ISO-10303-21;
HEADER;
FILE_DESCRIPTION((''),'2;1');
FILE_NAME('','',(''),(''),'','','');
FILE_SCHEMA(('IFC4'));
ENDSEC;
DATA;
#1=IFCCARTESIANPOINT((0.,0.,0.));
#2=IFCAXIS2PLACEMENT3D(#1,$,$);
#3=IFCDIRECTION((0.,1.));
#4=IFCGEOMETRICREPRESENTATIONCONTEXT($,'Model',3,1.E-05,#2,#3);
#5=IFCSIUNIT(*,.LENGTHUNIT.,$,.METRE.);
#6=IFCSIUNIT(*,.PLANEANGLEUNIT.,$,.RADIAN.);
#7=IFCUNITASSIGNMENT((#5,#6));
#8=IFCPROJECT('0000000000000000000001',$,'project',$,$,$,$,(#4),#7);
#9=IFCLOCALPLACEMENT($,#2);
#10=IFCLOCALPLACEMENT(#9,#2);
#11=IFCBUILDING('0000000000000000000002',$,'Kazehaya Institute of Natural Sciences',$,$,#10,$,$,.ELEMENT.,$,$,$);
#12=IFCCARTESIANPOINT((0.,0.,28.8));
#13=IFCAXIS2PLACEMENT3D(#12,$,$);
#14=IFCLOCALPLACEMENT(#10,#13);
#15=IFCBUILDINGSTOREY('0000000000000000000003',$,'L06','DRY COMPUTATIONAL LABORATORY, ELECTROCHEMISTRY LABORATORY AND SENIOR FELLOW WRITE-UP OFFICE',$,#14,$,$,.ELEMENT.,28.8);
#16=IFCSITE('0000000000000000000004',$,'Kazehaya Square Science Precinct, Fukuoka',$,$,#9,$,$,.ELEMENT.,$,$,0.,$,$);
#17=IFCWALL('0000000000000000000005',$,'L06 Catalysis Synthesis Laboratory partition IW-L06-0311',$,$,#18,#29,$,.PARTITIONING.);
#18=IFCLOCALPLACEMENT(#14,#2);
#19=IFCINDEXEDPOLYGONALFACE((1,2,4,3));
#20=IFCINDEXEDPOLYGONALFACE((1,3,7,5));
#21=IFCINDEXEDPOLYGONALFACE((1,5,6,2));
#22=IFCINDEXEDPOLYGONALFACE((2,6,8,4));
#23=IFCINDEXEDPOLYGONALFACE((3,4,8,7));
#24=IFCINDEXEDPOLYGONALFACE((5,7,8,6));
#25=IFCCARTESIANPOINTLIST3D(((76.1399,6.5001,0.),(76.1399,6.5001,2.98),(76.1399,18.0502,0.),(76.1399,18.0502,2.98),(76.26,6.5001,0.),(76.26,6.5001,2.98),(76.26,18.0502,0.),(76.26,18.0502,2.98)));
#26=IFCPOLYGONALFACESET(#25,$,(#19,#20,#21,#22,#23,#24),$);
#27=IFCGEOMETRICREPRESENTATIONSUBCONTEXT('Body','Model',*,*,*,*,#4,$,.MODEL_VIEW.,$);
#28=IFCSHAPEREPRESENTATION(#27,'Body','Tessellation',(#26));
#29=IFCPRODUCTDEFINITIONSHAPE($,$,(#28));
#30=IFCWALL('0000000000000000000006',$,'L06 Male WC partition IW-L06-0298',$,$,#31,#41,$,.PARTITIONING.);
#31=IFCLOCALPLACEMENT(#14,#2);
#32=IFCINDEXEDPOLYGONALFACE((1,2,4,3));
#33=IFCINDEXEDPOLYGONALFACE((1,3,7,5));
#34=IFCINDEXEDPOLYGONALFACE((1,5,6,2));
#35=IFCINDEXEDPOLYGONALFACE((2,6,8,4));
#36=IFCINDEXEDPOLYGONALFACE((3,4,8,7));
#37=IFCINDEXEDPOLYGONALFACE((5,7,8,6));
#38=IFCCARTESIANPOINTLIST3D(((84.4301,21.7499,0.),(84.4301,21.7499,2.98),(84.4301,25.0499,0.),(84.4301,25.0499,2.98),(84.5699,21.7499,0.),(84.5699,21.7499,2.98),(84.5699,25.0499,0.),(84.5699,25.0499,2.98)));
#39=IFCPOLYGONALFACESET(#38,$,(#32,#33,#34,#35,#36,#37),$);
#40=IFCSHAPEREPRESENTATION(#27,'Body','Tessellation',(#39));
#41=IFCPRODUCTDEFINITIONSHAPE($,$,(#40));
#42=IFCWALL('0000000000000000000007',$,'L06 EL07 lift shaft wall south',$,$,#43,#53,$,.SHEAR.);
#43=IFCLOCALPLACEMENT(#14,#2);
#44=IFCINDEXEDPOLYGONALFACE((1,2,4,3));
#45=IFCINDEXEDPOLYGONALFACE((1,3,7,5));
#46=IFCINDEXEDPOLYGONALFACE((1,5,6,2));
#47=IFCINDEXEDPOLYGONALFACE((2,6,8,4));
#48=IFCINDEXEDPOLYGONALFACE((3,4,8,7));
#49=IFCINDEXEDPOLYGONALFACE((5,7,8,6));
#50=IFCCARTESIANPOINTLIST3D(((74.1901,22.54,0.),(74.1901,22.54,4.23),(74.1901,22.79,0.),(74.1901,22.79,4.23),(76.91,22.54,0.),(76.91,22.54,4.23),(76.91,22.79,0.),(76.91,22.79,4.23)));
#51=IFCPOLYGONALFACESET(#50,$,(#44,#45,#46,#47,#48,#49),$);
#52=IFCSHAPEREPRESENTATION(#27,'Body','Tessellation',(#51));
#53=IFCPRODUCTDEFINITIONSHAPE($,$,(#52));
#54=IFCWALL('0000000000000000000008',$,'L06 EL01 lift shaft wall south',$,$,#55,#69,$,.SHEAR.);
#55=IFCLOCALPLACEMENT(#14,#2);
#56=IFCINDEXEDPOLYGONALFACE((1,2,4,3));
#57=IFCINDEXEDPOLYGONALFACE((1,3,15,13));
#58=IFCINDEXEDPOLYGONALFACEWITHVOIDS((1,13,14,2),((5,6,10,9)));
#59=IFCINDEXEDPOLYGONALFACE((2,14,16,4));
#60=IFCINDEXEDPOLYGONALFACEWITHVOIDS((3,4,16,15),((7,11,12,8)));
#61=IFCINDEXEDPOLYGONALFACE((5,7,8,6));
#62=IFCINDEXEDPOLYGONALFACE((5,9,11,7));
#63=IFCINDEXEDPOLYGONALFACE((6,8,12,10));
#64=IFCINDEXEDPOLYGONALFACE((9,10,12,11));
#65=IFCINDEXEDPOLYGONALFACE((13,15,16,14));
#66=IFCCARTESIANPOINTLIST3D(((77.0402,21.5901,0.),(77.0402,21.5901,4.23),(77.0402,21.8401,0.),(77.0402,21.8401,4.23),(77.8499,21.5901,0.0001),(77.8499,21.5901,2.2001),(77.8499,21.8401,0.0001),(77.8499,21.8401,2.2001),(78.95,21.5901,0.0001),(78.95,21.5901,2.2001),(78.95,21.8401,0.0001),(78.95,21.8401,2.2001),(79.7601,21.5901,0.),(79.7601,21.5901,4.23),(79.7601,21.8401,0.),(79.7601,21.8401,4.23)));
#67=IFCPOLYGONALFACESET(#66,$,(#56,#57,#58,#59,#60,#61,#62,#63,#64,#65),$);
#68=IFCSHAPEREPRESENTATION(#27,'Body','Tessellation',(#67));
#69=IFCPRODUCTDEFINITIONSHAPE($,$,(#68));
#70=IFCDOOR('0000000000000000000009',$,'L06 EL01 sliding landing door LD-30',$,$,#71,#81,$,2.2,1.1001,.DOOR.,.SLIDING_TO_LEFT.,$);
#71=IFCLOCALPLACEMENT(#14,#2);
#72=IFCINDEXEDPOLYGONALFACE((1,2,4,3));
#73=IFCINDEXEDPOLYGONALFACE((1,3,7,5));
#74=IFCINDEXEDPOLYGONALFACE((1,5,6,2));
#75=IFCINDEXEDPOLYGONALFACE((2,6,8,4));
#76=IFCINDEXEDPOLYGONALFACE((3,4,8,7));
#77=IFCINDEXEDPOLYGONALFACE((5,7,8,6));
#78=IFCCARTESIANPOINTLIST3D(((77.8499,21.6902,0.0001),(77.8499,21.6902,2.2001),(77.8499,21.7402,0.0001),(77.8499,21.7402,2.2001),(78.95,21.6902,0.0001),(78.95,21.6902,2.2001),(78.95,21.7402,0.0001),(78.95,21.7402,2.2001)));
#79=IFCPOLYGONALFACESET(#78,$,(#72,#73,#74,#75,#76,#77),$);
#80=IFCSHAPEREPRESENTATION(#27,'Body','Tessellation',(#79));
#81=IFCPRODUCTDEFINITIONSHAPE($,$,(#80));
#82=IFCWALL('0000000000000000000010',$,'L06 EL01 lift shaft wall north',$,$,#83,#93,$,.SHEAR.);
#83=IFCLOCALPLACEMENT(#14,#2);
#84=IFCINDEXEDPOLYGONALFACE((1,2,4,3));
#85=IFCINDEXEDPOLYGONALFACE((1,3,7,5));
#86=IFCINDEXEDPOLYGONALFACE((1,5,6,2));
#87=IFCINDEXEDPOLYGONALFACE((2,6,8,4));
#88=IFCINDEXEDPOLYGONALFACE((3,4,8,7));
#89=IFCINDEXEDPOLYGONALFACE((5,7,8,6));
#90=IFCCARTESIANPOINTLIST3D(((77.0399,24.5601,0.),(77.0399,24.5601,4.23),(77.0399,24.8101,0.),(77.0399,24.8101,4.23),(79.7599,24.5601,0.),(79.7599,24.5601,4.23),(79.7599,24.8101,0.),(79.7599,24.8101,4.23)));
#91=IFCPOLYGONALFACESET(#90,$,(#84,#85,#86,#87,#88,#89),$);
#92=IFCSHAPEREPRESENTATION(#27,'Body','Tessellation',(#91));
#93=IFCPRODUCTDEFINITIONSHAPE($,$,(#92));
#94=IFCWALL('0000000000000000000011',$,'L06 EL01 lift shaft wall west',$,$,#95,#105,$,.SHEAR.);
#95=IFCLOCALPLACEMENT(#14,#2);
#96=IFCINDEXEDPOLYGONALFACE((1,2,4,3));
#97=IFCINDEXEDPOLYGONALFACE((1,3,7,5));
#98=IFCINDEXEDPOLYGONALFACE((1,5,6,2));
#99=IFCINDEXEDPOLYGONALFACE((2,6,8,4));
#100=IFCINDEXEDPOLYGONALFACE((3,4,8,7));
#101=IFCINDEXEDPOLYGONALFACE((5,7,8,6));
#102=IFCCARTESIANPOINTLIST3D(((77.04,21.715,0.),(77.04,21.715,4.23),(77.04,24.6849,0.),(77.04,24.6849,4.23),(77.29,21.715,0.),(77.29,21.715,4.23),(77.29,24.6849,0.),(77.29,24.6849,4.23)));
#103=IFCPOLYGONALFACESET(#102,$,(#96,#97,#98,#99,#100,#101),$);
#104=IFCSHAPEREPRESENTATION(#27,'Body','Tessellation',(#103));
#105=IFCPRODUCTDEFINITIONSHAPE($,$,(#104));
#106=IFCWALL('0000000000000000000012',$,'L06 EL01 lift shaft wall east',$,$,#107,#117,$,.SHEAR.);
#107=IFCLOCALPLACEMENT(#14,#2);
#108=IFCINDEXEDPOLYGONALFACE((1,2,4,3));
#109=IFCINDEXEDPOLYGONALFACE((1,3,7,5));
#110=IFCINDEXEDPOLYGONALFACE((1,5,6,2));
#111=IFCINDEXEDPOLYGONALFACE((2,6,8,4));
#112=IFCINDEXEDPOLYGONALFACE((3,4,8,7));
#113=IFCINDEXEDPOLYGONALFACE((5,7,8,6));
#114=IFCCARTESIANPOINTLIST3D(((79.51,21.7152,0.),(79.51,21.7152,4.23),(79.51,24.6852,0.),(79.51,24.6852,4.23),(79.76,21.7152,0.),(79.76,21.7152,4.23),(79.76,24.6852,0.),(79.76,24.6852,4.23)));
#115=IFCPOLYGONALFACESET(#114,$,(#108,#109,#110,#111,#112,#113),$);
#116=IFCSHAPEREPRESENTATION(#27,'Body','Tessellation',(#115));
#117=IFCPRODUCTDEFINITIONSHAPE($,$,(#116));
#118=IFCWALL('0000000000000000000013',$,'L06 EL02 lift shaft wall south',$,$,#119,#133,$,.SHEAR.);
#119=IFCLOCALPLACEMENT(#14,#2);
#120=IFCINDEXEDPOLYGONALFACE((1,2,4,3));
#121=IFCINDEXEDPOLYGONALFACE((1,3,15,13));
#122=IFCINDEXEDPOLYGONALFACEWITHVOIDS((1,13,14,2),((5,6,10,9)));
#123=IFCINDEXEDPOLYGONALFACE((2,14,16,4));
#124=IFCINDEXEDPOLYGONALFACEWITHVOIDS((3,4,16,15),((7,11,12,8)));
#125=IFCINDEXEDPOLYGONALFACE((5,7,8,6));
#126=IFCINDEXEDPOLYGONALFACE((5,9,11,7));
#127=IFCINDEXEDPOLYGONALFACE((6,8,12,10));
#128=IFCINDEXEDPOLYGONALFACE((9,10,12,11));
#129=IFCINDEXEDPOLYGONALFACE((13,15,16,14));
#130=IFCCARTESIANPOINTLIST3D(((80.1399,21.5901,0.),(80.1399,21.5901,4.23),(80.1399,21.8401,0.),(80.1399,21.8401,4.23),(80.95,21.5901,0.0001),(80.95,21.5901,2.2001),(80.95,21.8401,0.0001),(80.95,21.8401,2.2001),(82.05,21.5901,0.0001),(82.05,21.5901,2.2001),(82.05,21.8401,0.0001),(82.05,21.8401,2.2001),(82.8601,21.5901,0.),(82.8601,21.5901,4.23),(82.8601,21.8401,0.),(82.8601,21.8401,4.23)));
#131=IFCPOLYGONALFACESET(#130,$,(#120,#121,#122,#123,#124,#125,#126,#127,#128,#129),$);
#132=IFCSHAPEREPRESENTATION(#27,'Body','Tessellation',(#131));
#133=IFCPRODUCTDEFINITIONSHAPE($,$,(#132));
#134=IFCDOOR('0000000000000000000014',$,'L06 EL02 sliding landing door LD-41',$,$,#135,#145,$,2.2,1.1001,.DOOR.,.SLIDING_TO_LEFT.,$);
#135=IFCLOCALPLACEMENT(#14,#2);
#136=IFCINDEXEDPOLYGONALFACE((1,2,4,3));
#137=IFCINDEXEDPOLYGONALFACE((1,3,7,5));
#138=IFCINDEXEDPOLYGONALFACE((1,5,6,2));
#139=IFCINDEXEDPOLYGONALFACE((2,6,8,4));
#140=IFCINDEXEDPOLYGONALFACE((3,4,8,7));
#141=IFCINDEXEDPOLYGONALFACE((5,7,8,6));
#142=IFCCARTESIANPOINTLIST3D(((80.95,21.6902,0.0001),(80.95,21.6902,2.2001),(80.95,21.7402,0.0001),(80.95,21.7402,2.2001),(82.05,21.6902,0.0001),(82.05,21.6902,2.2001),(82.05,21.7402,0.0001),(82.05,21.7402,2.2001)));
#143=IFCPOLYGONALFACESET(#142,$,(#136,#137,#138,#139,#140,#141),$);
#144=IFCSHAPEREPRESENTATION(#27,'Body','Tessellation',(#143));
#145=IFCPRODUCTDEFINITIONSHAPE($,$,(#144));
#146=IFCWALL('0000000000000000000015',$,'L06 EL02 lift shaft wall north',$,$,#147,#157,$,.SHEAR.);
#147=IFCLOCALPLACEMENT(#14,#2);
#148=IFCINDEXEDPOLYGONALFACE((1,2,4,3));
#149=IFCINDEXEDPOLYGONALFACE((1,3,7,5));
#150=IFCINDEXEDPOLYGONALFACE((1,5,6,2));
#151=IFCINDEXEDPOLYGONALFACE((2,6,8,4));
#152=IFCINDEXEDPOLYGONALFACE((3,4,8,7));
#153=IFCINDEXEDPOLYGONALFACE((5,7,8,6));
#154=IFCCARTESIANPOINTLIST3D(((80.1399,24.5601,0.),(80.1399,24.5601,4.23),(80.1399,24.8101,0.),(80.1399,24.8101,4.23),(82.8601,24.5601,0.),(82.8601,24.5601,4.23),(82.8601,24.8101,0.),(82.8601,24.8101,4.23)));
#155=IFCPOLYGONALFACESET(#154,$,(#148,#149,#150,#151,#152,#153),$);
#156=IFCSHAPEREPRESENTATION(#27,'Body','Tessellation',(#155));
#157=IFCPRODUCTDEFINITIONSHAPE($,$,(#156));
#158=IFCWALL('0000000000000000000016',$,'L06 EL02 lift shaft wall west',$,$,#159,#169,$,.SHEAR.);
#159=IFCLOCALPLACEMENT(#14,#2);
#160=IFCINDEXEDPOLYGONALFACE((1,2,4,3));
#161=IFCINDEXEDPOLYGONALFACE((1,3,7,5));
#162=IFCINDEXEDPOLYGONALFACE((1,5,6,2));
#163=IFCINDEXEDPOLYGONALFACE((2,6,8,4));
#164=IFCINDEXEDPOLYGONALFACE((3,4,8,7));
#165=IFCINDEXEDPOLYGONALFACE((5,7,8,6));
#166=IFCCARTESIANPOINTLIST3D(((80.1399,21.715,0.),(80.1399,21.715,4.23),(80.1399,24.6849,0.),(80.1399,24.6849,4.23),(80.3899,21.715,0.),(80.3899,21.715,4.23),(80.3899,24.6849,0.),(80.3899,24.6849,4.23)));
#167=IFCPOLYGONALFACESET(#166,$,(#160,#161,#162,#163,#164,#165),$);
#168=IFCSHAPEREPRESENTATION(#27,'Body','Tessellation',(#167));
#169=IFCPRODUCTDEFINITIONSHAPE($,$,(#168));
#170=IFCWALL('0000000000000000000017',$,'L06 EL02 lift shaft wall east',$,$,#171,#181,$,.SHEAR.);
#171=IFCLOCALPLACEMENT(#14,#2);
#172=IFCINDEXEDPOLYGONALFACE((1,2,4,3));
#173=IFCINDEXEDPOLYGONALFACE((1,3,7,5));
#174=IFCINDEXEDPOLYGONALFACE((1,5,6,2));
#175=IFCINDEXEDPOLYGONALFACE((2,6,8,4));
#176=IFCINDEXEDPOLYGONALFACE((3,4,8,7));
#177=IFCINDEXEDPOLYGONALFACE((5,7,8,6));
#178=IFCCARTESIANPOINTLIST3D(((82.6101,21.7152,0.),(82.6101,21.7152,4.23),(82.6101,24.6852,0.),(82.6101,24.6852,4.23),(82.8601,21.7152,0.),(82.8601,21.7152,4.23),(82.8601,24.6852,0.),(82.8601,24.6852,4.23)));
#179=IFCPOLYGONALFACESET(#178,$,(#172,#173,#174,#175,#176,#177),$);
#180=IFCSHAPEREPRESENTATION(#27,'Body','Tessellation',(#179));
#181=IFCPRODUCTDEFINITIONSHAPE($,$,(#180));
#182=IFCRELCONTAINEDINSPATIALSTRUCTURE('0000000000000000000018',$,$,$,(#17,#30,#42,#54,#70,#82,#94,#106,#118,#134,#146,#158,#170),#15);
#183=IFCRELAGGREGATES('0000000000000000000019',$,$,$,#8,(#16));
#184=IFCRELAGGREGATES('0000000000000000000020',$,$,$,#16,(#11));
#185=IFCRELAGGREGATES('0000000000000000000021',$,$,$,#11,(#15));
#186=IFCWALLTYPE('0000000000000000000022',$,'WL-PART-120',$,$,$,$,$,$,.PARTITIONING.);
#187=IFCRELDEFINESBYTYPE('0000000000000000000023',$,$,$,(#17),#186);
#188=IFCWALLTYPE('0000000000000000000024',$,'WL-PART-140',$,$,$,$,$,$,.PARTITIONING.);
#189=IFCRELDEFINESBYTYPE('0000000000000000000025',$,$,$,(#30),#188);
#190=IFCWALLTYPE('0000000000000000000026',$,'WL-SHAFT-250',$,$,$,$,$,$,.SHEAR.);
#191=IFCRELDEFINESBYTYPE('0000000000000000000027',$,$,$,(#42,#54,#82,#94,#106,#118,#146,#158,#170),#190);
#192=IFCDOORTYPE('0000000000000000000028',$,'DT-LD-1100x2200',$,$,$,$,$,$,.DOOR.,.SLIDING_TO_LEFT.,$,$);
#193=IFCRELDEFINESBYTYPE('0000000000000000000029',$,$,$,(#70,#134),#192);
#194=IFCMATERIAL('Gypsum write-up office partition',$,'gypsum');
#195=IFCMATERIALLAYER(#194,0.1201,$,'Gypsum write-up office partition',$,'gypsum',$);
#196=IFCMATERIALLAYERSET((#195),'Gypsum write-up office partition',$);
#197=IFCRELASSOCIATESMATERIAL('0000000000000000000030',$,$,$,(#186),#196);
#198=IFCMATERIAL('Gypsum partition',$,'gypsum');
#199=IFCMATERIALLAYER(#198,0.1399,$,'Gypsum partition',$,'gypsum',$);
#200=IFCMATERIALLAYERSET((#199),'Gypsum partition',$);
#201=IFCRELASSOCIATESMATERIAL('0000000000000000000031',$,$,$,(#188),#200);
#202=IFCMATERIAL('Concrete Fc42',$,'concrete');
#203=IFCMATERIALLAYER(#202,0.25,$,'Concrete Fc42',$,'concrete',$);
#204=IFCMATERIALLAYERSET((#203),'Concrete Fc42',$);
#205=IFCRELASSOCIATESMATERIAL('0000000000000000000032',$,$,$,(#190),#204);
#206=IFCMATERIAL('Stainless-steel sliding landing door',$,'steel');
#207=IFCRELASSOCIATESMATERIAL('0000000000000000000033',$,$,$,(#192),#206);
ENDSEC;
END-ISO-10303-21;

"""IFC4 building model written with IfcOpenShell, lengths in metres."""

from ifc_helpers import new_model, si_unit, direction, frame, frame_2d, origin, place, context, subcontext, project, spatial, rectangle, extrude, material, layer, layer_set, type_object, element, fill, save


model = new_model("IFC4")

# Units and contexts
model_context = context("Model", 3, precision=1e-05, world=origin(), true_north=direction((0.0, 1.0)))
body_context = subcontext(model_context, "Body", "Model", "MODEL_VIEW")
ifc_project = project(units=[si_unit("LENGTHUNIT", "METRE"), si_unit("PLANEANGLEUNIT", "RADIAN")], contexts=[model_context])

# Site, building, storey
site_placement = place(None, origin())
site = spatial("IfcSite", under=ifc_project, at=site_placement, Name="Kazehaya Square Science Precinct, Fukuoka", CompositionType="ELEMENT", RefElevation=0.0)
building_placement = place(site_placement, origin())
building = spatial("IfcBuilding", under=site, at=building_placement, Name="Kazehaya Institute of Natural Sciences", CompositionType="ELEMENT")
storey_placement = place(building_placement, frame((0.0, 0.0, 28.8)))
storey = spatial("IfcBuildingStorey", under=building, at=storey_placement, Name="L06", Description="DRY COMPUTATIONAL LABORATORY, ELECTROCHEMISTRY LABORATORY AND SENIOR FELLOW WRITE-UP OFFICE", CompositionType="ELEMENT", Elevation=28.8)

# Walls
ifc_material_1 = material(Name="Gypsum write-up office partition", Category="gypsum")
ifc_layer_1 = layer(ifc_material_1, 0.1201, Name="Gypsum write-up office partition", Category="gypsum")
ifc_layer_set_1 = layer_set([ifc_layer_1], Name="Gypsum write-up office partition")
wall_type_1 = type_object("IfcWallType", Name="WL-PART-120", PredefinedType="PARTITIONING", material=ifc_layer_set_1)
wall_1_placement = place(storey_placement, frame((76.2, 18.05, 0.0), z_axis=(0.0, 0.0, 1.0), x_axis=(0.0, -1.0, 0.0)))
element("IfcWall", 1, at=wall_1_placement, inside=storey, type_object=wall_type_1, Name="L06 Catalysis Synthesis Laboratory partition IW-L06-0311", PredefinedType="PARTITIONING", context=body_context, shape_type="SweptSolid", body=[
    extrude(rectangle(XDim=11.55, YDim=0.1201, at=frame_2d((5.7749, 0.0))), origin(), (0.0, 0.0, 1.0), 2.98),
])
ifc_material_2 = material(Name="Gypsum partition", Category="gypsum")
ifc_layer_2 = layer(ifc_material_2, 0.1399, Name="Gypsum partition", Category="gypsum")
ifc_layer_set_2 = layer_set([ifc_layer_2], Name="Gypsum partition")
wall_type_2 = type_object("IfcWallType", Name="WL-PART-140", PredefinedType="PARTITIONING", material=ifc_layer_set_2)
wall_2_placement = place(storey_placement, frame((84.5, 21.75, 0.0), z_axis=(0.0, 0.0, 1.0), x_axis=(0.0, 1.0, 0.0)))
element("IfcWall", 2, at=wall_2_placement, inside=storey, type_object=wall_type_2, Name="L06 Male WC partition IW-L06-0298", PredefinedType="PARTITIONING", context=body_context, shape_type="SweptSolid", body=[
    extrude(rectangle(XDim=3.3, YDim=0.1399, at=frame_2d((1.6499, 0.0))), origin(), (0.0, 0.0, 1.0), 2.98),
])
ifc_material_3 = material(Name="Concrete Fc42", Category="concrete")
ifc_layer_3 = layer(ifc_material_3, 0.25, Name="Concrete Fc42", Category="concrete")
ifc_layer_set_3 = layer_set([ifc_layer_3], Name="Concrete Fc42")
wall_type_3 = type_object("IfcWallType", Name="WL-SHAFT-250", PredefinedType="SHEAR", material=ifc_layer_set_3)
wall_3_placement = place(storey_placement, frame((76.9099, 22.665, 0.0), z_axis=(0.0, 0.0, 1.0), x_axis=(-1.0, 0.0, 0.0)))
element("IfcWall", 3, at=wall_3_placement, inside=storey, type_object=wall_type_3, Name="L06 EL07 lift shaft wall south", PredefinedType="SHEAR", context=body_context, shape_type="SweptSolid", body=[
    extrude(rectangle(XDim=2.72, YDim=0.25, at=frame_2d((1.3599, 0.0))), origin(), (0.0, 0.0, 1.0), 4.23),
])

# Wall, opening, door
wall_4_placement = place(storey_placement, frame((79.76, 21.7151, 0.0), z_axis=(0.0, 0.0, 1.0), x_axis=(-1.0, 0.0, 0.0)))
wall_4 = element("IfcWall", 4, at=wall_4_placement, inside=storey, type_object=wall_type_3, Name="L06 EL01 lift shaft wall south", PredefinedType="SHEAR", context=body_context, shape_type="SweptSolid", body=[
    extrude(rectangle(XDim=2.72, YDim=0.25, at=frame_2d((1.3599, 0.0))), origin(), (0.0, 0.0, 1.0), 4.23),
])
opening_1_placement = place(wall_4_placement, frame((0.8101, 0.0, 0.0)))
opening_1 = element("IfcOpeningElement", 5, at=opening_1_placement, cuts=wall_4, PredefinedType="OPENING", context=body_context, shape_type="SweptSolid", body=[
    extrude(rectangle(XDim=1.1001, YDim=2.2, at=frame_2d((0.55, 1.1001))), frame((0.0, 0.135, 0.0), z_axis=(0.0, -1.0, 0.0), x_axis=(1.0, 0.0, 0.0)), (0.0, 0.0, 1.0), 0.27),
])
ifc_material_4 = material(Name="Stainless-steel sliding landing door", Category="steel")
door_type_1 = type_object("IfcDoorType", Name="DT-LD-1100x2200", OperationType="SLIDING_TO_LEFT", PredefinedType="DOOR", material=ifc_material_4)
door_1_placement = place(opening_1_placement, origin())
door_1 = element("IfcDoor", 6, at=door_1_placement, inside=storey, type_object=door_type_1, Name="L06 EL01 sliding landing door LD-30", OperationType="SLIDING_TO_LEFT", OverallHeight=2.2, OverallWidth=1.1001, PredefinedType="DOOR", context=body_context, shape_type="SweptSolid", body=[
    extrude(rectangle(XDim=1.1001, YDim=2.2, at=frame_2d((0.55, 1.1001))), frame((0.0, 0.0249, 0.0), z_axis=(0.0, -1.0, 0.0), x_axis=(1.0, 0.0, 0.0)), (0.0, 0.0, 1.0), 0.05),
])
fill(opening_1, door_1)

# Walls
wall_5_placement = place(storey_placement, frame((77.04, 24.6851, 0.0), z_axis=(0.0, 0.0, 1.0), x_axis=(1.0, 0.0, 0.0)))
element("IfcWall", 7, at=wall_5_placement, inside=storey, type_object=wall_type_3, Name="L06 EL01 lift shaft wall north", PredefinedType="SHEAR", context=body_context, shape_type="SweptSolid", body=[
    extrude(rectangle(XDim=2.72, YDim=0.25, at=frame_2d((1.3599, 0.0))), origin(), (0.0, 0.0, 1.0), 4.23),
])
for number, where, z_axis, x_axis, name in (
    (8, (77.165, 21.7151, 0.0), (0.0, 0.0, 1.0), (0.0, 1.0, 0.0), "L06 EL01 lift shaft wall west"),
    (9, (79.635, 24.6851, 0.0), (0.0, 0.0, 1.0), (0.0, -1.0, 0.0), "L06 EL01 lift shaft wall east"),
):
    element("IfcWall", number, at=place(storey_placement, frame(where, z_axis=z_axis, x_axis=x_axis)), inside=storey, type_object=wall_type_3, Name=name, PredefinedType="SHEAR", context=body_context, shape_type="SweptSolid", body=[
        extrude(rectangle(XDim=2.97, YDim=0.25, at=frame_2d((1.4849, 0.0))), origin(), (0.0, 0.0, 1.0), 4.23),
    ])

# Wall, opening, door
wall_6_placement = place(storey_placement, frame((82.8601, 21.7151, 0.0), z_axis=(0.0, 0.0, 1.0), x_axis=(-1.0, 0.0, 0.0)))
wall_6 = element("IfcWall", 10, at=wall_6_placement, inside=storey, type_object=wall_type_3, Name="L06 EL02 lift shaft wall south", PredefinedType="SHEAR", context=body_context, shape_type="SweptSolid", body=[
    extrude(rectangle(XDim=2.7202, YDim=0.25, at=frame_2d((1.3601, 0.0))), origin(), (0.0, 0.0, 1.0), 4.23),
])
opening_2_placement = place(wall_6_placement, frame((0.8101, 0.0, 0.0)))
opening_2 = element("IfcOpeningElement", 11, at=opening_2_placement, cuts=wall_6, PredefinedType="OPENING", context=body_context, shape_type="SweptSolid", body=[
    extrude(rectangle(XDim=1.1001, YDim=2.2, at=frame_2d((0.55, 1.1001))), frame((0.0, 0.135, 0.0), z_axis=(0.0, -1.0, 0.0), x_axis=(1.0, 0.0, 0.0)), (0.0, 0.0, 1.0), 0.27),
])
door_2_placement = place(opening_2_placement, origin())
door_2 = element("IfcDoor", 12, at=door_2_placement, inside=storey, type_object=door_type_1, Name="L06 EL02 sliding landing door LD-41", OperationType="SLIDING_TO_LEFT", OverallHeight=2.2, OverallWidth=1.1001, PredefinedType="DOOR", context=body_context, shape_type="SweptSolid", body=[
    extrude(rectangle(XDim=1.1001, YDim=2.2, at=frame_2d((0.55, 1.1001))), frame((0.0, 0.0249, 0.0), z_axis=(0.0, -1.0, 0.0), x_axis=(1.0, 0.0, 0.0)), (0.0, 0.0, 1.0), 0.05),
])
fill(opening_2, door_2)

# Walls
wall_7_placement = place(storey_placement, frame((80.1399, 24.6851, 0.0), z_axis=(0.0, 0.0, 1.0), x_axis=(1.0, 0.0, 0.0)))
element("IfcWall", 13, at=wall_7_placement, inside=storey, type_object=wall_type_3, Name="L06 EL02 lift shaft wall north", PredefinedType="SHEAR", context=body_context, shape_type="SweptSolid", body=[
    extrude(rectangle(XDim=2.7202, YDim=0.25, at=frame_2d((1.3601, 0.0))), origin(), (0.0, 0.0, 1.0), 4.23),
])
for number, where, z_axis, x_axis, name in (
    (14, (80.2649, 21.7151, 0.0), (0.0, 0.0, 1.0), (0.0, 1.0, 0.0), "L06 EL02 lift shaft wall west"),
    (15, (82.7351, 24.6851, 0.0), (0.0, 0.0, 1.0), (0.0, -1.0, 0.0), "L06 EL02 lift shaft wall east"),
):
    element("IfcWall", number, at=place(storey_placement, frame(where, z_axis=z_axis, x_axis=x_axis)), inside=storey, type_object=wall_type_3, Name=name, PredefinedType="SHEAR", context=body_context, shape_type="SweptSolid", body=[
        extrude(rectangle(XDim=2.97, YDim=0.25, at=frame_2d((1.4849, 0.0))), origin(), (0.0, 0.0, 1.0), 4.23),
    ])

save(model, "model.ifc")
